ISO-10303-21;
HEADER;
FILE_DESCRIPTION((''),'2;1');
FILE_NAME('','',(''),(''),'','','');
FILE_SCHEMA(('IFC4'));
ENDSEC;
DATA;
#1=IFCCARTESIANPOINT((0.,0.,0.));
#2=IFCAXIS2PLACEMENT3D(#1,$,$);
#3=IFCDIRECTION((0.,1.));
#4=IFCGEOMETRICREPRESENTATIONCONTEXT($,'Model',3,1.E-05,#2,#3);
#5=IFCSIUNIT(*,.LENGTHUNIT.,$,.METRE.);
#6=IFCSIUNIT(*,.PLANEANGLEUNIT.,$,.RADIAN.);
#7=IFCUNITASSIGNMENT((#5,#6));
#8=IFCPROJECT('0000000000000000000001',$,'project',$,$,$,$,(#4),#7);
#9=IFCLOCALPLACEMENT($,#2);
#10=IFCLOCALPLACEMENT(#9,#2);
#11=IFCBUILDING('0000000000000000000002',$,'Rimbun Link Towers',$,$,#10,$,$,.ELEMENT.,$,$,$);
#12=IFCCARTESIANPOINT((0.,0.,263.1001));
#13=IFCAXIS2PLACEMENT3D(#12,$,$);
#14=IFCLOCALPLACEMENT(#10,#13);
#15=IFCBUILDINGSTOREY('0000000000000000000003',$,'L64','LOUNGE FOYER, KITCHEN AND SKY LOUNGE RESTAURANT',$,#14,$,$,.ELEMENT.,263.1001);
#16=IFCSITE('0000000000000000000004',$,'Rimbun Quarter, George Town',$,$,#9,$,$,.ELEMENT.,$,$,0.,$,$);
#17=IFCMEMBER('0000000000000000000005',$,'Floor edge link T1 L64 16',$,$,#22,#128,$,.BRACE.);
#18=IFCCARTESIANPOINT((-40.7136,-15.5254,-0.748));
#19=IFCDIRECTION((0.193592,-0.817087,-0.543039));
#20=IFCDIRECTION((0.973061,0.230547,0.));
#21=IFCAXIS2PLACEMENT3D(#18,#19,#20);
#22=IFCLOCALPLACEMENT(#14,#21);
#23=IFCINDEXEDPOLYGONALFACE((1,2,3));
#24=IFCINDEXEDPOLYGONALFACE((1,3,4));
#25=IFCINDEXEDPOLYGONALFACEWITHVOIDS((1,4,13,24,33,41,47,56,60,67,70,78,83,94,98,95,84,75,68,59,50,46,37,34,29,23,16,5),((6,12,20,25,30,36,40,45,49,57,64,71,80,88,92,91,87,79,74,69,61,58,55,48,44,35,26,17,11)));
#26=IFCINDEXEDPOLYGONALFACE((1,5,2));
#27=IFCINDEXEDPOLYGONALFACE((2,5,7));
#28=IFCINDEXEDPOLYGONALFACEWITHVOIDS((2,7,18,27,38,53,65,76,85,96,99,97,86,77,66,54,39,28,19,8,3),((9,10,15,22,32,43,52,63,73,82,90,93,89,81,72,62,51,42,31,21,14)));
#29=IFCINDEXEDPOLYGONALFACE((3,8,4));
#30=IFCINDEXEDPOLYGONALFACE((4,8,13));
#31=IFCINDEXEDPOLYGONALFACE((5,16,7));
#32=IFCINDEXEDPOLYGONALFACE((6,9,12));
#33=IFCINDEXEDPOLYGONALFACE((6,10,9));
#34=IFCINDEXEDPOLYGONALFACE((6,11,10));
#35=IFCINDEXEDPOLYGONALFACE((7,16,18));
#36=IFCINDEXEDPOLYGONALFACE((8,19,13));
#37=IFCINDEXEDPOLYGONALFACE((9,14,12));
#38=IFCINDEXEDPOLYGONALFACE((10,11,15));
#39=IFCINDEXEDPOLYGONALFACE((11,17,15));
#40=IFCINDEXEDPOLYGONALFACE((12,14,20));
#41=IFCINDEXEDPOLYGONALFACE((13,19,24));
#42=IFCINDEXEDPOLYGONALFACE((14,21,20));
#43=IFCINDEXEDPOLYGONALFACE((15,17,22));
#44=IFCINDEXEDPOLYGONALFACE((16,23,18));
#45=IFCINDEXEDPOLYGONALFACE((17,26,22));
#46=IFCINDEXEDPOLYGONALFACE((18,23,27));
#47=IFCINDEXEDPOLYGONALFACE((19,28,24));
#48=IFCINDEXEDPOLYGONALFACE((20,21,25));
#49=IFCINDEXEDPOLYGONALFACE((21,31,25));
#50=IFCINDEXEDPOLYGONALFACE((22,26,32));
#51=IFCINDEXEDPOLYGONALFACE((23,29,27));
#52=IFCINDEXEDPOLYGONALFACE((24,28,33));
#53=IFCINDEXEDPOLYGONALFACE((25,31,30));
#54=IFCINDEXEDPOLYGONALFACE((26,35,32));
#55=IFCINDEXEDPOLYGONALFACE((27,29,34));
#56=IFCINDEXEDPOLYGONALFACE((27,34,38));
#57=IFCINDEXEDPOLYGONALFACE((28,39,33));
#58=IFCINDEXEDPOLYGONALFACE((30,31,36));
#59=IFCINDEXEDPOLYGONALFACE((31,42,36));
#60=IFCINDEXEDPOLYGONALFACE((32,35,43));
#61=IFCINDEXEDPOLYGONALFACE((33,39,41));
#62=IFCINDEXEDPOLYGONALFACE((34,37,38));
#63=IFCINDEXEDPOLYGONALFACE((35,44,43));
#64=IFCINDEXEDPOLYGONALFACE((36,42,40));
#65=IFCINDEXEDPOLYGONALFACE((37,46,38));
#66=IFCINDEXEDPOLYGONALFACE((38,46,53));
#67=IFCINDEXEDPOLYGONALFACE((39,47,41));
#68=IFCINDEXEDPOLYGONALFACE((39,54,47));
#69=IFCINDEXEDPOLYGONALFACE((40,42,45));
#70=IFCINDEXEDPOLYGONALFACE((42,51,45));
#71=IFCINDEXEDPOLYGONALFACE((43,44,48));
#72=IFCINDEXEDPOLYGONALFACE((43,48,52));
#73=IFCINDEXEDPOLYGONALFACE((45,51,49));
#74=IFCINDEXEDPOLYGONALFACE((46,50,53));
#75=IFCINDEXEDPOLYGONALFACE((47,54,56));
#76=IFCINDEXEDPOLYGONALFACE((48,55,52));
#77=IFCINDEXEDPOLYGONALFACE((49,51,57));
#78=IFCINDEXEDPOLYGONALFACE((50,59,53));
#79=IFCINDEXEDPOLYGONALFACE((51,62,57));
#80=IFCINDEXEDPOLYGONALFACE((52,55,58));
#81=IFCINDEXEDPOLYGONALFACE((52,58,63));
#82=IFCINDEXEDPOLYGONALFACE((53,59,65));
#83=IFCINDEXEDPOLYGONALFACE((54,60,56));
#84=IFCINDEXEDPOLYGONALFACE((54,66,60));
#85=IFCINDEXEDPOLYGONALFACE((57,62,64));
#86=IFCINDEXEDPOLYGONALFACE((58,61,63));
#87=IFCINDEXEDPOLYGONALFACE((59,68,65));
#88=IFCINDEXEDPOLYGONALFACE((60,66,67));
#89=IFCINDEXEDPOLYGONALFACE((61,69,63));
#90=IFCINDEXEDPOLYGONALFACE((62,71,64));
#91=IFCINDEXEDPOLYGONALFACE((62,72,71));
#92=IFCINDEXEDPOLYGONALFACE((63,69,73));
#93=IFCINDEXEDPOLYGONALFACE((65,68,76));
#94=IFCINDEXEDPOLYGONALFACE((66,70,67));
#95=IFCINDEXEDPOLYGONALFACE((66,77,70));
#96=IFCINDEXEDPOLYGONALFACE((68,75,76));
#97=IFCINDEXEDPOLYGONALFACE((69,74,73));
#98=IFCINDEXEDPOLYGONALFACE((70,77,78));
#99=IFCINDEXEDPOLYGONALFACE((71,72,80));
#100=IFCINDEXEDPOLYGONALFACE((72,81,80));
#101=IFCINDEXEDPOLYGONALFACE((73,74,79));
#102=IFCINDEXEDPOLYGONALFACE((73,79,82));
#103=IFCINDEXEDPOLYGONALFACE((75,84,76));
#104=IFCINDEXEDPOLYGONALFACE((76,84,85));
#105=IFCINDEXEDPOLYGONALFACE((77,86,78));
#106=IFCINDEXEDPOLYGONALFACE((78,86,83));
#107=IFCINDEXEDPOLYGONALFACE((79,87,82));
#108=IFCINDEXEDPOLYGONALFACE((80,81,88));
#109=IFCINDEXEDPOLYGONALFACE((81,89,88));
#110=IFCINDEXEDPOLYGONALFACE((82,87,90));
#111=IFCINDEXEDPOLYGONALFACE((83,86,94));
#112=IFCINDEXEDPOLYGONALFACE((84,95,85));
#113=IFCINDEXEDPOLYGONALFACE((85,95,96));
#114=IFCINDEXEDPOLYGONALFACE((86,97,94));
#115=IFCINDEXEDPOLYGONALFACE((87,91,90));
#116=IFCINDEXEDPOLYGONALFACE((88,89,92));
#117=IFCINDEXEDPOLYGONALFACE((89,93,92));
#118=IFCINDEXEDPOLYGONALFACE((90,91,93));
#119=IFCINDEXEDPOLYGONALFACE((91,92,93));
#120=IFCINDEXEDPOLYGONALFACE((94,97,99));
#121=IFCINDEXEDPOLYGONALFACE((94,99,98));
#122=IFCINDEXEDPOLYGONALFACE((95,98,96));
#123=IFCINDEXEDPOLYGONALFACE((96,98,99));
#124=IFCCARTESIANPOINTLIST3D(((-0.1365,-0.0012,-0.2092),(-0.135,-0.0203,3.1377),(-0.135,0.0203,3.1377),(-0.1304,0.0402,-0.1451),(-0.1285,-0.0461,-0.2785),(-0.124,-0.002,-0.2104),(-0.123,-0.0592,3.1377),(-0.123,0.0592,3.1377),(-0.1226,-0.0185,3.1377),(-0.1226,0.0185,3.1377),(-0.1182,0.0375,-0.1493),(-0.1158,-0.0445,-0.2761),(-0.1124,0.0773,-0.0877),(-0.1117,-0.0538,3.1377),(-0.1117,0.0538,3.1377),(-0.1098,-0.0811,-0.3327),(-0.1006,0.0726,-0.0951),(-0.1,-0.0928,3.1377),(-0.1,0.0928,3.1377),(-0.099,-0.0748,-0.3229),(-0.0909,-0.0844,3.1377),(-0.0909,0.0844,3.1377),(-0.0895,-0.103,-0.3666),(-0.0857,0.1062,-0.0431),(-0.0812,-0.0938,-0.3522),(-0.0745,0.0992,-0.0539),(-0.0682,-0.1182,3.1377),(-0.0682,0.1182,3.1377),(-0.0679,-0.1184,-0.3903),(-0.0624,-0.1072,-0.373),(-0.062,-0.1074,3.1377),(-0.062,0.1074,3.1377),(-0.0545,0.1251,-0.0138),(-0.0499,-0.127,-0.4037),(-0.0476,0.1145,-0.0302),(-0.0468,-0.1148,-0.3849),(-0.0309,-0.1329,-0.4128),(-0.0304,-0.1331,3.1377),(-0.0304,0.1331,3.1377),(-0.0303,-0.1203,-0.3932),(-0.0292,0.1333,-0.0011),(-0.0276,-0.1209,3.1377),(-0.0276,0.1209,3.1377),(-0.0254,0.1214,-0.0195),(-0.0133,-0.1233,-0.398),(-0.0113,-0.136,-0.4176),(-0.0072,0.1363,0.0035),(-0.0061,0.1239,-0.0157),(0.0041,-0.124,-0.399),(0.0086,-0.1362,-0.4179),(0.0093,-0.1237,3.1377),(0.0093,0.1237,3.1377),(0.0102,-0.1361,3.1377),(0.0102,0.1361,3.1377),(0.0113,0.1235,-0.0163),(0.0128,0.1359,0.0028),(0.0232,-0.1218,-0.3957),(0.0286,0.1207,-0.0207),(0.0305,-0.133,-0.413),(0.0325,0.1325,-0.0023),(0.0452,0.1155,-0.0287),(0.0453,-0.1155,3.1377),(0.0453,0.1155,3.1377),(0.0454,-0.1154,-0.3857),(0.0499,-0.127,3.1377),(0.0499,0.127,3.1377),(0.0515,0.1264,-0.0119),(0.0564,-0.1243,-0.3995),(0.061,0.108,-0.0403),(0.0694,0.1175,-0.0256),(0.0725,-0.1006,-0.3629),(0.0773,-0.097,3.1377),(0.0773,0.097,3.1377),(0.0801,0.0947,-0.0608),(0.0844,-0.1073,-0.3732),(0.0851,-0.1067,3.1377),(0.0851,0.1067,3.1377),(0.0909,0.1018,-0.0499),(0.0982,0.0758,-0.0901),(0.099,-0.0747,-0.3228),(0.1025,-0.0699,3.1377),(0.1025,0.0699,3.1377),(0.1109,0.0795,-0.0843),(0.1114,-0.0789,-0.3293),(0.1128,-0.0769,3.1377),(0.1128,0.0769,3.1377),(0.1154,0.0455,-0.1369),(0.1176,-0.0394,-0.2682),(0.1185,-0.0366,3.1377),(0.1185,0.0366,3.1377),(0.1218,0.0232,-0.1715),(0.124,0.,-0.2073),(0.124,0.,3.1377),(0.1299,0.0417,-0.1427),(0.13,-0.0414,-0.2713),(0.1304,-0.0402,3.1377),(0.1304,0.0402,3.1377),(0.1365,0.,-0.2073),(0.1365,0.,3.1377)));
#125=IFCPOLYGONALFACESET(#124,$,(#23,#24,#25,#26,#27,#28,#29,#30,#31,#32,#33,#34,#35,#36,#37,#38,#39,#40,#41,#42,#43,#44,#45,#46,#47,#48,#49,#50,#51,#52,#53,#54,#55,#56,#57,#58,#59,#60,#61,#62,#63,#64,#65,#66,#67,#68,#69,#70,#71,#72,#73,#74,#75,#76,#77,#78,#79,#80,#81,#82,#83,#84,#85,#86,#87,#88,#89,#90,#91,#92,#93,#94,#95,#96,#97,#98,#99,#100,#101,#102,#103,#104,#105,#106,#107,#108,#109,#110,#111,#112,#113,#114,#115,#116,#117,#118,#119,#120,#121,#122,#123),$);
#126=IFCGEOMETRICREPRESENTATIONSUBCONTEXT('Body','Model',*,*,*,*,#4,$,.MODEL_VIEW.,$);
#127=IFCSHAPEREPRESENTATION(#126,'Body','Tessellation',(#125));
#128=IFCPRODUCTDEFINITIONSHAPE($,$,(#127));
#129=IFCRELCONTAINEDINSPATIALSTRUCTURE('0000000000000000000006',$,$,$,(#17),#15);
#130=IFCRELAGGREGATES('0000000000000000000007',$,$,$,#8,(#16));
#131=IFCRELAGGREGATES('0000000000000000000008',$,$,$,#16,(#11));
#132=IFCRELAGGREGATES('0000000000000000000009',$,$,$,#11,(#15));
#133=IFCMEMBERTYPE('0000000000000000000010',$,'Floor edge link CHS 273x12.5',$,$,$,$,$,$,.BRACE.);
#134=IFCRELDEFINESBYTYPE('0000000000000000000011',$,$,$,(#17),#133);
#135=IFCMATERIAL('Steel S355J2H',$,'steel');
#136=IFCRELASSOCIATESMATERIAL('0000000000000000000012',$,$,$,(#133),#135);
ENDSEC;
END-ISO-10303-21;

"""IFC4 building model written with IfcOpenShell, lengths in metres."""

from ifc_helpers import new_model, si_unit, direction, frame, origin, origin_2d, place, context, subcontext, project, spatial, hollow_circle, extrude, clip, halfspace, material, material_profile, profile_set, type_object, element, save


model = new_model("IFC4")

# Units and contexts
model_context = context("Model", 3, precision=1e-05, world=origin(), true_north=direction((0.0, 1.0)))
body_context = subcontext(model_context, "Body", "Model", "MODEL_VIEW")
ifc_project = project(units=[si_unit("LENGTHUNIT", "METRE"), si_unit("PLANEANGLEUNIT", "RADIAN")], contexts=[model_context])

# Site, building, storey
site_placement = place(None, origin())
site = spatial("IfcSite", under=ifc_project, at=site_placement, Name="Rimbun Quarter, George Town", CompositionType="ELEMENT", RefElevation=0.0)
building_placement = place(site_placement, origin())
building = spatial("IfcBuilding", under=site, at=building_placement, Name="Rimbun Link Towers", CompositionType="ELEMENT")
storey_placement = place(building_placement, frame((0.0, 0.0, 263.1001)))
storey = spatial("IfcBuildingStorey", under=building, at=storey_placement, Name="L64", Description="LOUNGE FOYER, KITCHEN AND SKY LOUNGE RESTAURANT", CompositionType="ELEMENT", Elevation=263.1001)

# Member
ifc_material_1 = material(Name="Steel S355J2H", Category="steel")
ifc_material_profile_1 = material_profile(ifc_material_1, hollow_circle(Radius=0.1365, WallThickness=0.0125, at=origin_2d()), Name="CHS 273x12.5")
ifc_profile_set_1 = profile_set([ifc_material_profile_1], Name="Steel S355J2H")
member_type_1 = type_object("IfcMemberType", Name="Floor edge link CHS 273x12.5", PredefinedType="BRACE", material=ifc_profile_set_1)
member_1_placement = place(storey_placement, frame((-40.7136, -15.5254, -0.748), z_axis=(0.193592, -0.817087, -0.543039), x_axis=(0.973061, 0.230547, 0.0)))
element("IfcMember", 1, at=member_1_placement, inside=storey, type_object=member_type_1, Name="Floor edge link T1 L64 16", PredefinedType="BRACE", context=body_context, shape_type="Clipping", body=[
    clip(extrude(hollow_circle(Radius=0.1365, WallThickness=0.0125, at=origin_2d()), frame((0.0, 0.0, -0.4404)), (0.0, 0.0, 1.0), 3.5781), halfspace(frame((0.0, 0.0, -0.2073), z_axis=(0.0, 0.839708, -0.543039)), False)),
])

save(model, "model.ifc")
